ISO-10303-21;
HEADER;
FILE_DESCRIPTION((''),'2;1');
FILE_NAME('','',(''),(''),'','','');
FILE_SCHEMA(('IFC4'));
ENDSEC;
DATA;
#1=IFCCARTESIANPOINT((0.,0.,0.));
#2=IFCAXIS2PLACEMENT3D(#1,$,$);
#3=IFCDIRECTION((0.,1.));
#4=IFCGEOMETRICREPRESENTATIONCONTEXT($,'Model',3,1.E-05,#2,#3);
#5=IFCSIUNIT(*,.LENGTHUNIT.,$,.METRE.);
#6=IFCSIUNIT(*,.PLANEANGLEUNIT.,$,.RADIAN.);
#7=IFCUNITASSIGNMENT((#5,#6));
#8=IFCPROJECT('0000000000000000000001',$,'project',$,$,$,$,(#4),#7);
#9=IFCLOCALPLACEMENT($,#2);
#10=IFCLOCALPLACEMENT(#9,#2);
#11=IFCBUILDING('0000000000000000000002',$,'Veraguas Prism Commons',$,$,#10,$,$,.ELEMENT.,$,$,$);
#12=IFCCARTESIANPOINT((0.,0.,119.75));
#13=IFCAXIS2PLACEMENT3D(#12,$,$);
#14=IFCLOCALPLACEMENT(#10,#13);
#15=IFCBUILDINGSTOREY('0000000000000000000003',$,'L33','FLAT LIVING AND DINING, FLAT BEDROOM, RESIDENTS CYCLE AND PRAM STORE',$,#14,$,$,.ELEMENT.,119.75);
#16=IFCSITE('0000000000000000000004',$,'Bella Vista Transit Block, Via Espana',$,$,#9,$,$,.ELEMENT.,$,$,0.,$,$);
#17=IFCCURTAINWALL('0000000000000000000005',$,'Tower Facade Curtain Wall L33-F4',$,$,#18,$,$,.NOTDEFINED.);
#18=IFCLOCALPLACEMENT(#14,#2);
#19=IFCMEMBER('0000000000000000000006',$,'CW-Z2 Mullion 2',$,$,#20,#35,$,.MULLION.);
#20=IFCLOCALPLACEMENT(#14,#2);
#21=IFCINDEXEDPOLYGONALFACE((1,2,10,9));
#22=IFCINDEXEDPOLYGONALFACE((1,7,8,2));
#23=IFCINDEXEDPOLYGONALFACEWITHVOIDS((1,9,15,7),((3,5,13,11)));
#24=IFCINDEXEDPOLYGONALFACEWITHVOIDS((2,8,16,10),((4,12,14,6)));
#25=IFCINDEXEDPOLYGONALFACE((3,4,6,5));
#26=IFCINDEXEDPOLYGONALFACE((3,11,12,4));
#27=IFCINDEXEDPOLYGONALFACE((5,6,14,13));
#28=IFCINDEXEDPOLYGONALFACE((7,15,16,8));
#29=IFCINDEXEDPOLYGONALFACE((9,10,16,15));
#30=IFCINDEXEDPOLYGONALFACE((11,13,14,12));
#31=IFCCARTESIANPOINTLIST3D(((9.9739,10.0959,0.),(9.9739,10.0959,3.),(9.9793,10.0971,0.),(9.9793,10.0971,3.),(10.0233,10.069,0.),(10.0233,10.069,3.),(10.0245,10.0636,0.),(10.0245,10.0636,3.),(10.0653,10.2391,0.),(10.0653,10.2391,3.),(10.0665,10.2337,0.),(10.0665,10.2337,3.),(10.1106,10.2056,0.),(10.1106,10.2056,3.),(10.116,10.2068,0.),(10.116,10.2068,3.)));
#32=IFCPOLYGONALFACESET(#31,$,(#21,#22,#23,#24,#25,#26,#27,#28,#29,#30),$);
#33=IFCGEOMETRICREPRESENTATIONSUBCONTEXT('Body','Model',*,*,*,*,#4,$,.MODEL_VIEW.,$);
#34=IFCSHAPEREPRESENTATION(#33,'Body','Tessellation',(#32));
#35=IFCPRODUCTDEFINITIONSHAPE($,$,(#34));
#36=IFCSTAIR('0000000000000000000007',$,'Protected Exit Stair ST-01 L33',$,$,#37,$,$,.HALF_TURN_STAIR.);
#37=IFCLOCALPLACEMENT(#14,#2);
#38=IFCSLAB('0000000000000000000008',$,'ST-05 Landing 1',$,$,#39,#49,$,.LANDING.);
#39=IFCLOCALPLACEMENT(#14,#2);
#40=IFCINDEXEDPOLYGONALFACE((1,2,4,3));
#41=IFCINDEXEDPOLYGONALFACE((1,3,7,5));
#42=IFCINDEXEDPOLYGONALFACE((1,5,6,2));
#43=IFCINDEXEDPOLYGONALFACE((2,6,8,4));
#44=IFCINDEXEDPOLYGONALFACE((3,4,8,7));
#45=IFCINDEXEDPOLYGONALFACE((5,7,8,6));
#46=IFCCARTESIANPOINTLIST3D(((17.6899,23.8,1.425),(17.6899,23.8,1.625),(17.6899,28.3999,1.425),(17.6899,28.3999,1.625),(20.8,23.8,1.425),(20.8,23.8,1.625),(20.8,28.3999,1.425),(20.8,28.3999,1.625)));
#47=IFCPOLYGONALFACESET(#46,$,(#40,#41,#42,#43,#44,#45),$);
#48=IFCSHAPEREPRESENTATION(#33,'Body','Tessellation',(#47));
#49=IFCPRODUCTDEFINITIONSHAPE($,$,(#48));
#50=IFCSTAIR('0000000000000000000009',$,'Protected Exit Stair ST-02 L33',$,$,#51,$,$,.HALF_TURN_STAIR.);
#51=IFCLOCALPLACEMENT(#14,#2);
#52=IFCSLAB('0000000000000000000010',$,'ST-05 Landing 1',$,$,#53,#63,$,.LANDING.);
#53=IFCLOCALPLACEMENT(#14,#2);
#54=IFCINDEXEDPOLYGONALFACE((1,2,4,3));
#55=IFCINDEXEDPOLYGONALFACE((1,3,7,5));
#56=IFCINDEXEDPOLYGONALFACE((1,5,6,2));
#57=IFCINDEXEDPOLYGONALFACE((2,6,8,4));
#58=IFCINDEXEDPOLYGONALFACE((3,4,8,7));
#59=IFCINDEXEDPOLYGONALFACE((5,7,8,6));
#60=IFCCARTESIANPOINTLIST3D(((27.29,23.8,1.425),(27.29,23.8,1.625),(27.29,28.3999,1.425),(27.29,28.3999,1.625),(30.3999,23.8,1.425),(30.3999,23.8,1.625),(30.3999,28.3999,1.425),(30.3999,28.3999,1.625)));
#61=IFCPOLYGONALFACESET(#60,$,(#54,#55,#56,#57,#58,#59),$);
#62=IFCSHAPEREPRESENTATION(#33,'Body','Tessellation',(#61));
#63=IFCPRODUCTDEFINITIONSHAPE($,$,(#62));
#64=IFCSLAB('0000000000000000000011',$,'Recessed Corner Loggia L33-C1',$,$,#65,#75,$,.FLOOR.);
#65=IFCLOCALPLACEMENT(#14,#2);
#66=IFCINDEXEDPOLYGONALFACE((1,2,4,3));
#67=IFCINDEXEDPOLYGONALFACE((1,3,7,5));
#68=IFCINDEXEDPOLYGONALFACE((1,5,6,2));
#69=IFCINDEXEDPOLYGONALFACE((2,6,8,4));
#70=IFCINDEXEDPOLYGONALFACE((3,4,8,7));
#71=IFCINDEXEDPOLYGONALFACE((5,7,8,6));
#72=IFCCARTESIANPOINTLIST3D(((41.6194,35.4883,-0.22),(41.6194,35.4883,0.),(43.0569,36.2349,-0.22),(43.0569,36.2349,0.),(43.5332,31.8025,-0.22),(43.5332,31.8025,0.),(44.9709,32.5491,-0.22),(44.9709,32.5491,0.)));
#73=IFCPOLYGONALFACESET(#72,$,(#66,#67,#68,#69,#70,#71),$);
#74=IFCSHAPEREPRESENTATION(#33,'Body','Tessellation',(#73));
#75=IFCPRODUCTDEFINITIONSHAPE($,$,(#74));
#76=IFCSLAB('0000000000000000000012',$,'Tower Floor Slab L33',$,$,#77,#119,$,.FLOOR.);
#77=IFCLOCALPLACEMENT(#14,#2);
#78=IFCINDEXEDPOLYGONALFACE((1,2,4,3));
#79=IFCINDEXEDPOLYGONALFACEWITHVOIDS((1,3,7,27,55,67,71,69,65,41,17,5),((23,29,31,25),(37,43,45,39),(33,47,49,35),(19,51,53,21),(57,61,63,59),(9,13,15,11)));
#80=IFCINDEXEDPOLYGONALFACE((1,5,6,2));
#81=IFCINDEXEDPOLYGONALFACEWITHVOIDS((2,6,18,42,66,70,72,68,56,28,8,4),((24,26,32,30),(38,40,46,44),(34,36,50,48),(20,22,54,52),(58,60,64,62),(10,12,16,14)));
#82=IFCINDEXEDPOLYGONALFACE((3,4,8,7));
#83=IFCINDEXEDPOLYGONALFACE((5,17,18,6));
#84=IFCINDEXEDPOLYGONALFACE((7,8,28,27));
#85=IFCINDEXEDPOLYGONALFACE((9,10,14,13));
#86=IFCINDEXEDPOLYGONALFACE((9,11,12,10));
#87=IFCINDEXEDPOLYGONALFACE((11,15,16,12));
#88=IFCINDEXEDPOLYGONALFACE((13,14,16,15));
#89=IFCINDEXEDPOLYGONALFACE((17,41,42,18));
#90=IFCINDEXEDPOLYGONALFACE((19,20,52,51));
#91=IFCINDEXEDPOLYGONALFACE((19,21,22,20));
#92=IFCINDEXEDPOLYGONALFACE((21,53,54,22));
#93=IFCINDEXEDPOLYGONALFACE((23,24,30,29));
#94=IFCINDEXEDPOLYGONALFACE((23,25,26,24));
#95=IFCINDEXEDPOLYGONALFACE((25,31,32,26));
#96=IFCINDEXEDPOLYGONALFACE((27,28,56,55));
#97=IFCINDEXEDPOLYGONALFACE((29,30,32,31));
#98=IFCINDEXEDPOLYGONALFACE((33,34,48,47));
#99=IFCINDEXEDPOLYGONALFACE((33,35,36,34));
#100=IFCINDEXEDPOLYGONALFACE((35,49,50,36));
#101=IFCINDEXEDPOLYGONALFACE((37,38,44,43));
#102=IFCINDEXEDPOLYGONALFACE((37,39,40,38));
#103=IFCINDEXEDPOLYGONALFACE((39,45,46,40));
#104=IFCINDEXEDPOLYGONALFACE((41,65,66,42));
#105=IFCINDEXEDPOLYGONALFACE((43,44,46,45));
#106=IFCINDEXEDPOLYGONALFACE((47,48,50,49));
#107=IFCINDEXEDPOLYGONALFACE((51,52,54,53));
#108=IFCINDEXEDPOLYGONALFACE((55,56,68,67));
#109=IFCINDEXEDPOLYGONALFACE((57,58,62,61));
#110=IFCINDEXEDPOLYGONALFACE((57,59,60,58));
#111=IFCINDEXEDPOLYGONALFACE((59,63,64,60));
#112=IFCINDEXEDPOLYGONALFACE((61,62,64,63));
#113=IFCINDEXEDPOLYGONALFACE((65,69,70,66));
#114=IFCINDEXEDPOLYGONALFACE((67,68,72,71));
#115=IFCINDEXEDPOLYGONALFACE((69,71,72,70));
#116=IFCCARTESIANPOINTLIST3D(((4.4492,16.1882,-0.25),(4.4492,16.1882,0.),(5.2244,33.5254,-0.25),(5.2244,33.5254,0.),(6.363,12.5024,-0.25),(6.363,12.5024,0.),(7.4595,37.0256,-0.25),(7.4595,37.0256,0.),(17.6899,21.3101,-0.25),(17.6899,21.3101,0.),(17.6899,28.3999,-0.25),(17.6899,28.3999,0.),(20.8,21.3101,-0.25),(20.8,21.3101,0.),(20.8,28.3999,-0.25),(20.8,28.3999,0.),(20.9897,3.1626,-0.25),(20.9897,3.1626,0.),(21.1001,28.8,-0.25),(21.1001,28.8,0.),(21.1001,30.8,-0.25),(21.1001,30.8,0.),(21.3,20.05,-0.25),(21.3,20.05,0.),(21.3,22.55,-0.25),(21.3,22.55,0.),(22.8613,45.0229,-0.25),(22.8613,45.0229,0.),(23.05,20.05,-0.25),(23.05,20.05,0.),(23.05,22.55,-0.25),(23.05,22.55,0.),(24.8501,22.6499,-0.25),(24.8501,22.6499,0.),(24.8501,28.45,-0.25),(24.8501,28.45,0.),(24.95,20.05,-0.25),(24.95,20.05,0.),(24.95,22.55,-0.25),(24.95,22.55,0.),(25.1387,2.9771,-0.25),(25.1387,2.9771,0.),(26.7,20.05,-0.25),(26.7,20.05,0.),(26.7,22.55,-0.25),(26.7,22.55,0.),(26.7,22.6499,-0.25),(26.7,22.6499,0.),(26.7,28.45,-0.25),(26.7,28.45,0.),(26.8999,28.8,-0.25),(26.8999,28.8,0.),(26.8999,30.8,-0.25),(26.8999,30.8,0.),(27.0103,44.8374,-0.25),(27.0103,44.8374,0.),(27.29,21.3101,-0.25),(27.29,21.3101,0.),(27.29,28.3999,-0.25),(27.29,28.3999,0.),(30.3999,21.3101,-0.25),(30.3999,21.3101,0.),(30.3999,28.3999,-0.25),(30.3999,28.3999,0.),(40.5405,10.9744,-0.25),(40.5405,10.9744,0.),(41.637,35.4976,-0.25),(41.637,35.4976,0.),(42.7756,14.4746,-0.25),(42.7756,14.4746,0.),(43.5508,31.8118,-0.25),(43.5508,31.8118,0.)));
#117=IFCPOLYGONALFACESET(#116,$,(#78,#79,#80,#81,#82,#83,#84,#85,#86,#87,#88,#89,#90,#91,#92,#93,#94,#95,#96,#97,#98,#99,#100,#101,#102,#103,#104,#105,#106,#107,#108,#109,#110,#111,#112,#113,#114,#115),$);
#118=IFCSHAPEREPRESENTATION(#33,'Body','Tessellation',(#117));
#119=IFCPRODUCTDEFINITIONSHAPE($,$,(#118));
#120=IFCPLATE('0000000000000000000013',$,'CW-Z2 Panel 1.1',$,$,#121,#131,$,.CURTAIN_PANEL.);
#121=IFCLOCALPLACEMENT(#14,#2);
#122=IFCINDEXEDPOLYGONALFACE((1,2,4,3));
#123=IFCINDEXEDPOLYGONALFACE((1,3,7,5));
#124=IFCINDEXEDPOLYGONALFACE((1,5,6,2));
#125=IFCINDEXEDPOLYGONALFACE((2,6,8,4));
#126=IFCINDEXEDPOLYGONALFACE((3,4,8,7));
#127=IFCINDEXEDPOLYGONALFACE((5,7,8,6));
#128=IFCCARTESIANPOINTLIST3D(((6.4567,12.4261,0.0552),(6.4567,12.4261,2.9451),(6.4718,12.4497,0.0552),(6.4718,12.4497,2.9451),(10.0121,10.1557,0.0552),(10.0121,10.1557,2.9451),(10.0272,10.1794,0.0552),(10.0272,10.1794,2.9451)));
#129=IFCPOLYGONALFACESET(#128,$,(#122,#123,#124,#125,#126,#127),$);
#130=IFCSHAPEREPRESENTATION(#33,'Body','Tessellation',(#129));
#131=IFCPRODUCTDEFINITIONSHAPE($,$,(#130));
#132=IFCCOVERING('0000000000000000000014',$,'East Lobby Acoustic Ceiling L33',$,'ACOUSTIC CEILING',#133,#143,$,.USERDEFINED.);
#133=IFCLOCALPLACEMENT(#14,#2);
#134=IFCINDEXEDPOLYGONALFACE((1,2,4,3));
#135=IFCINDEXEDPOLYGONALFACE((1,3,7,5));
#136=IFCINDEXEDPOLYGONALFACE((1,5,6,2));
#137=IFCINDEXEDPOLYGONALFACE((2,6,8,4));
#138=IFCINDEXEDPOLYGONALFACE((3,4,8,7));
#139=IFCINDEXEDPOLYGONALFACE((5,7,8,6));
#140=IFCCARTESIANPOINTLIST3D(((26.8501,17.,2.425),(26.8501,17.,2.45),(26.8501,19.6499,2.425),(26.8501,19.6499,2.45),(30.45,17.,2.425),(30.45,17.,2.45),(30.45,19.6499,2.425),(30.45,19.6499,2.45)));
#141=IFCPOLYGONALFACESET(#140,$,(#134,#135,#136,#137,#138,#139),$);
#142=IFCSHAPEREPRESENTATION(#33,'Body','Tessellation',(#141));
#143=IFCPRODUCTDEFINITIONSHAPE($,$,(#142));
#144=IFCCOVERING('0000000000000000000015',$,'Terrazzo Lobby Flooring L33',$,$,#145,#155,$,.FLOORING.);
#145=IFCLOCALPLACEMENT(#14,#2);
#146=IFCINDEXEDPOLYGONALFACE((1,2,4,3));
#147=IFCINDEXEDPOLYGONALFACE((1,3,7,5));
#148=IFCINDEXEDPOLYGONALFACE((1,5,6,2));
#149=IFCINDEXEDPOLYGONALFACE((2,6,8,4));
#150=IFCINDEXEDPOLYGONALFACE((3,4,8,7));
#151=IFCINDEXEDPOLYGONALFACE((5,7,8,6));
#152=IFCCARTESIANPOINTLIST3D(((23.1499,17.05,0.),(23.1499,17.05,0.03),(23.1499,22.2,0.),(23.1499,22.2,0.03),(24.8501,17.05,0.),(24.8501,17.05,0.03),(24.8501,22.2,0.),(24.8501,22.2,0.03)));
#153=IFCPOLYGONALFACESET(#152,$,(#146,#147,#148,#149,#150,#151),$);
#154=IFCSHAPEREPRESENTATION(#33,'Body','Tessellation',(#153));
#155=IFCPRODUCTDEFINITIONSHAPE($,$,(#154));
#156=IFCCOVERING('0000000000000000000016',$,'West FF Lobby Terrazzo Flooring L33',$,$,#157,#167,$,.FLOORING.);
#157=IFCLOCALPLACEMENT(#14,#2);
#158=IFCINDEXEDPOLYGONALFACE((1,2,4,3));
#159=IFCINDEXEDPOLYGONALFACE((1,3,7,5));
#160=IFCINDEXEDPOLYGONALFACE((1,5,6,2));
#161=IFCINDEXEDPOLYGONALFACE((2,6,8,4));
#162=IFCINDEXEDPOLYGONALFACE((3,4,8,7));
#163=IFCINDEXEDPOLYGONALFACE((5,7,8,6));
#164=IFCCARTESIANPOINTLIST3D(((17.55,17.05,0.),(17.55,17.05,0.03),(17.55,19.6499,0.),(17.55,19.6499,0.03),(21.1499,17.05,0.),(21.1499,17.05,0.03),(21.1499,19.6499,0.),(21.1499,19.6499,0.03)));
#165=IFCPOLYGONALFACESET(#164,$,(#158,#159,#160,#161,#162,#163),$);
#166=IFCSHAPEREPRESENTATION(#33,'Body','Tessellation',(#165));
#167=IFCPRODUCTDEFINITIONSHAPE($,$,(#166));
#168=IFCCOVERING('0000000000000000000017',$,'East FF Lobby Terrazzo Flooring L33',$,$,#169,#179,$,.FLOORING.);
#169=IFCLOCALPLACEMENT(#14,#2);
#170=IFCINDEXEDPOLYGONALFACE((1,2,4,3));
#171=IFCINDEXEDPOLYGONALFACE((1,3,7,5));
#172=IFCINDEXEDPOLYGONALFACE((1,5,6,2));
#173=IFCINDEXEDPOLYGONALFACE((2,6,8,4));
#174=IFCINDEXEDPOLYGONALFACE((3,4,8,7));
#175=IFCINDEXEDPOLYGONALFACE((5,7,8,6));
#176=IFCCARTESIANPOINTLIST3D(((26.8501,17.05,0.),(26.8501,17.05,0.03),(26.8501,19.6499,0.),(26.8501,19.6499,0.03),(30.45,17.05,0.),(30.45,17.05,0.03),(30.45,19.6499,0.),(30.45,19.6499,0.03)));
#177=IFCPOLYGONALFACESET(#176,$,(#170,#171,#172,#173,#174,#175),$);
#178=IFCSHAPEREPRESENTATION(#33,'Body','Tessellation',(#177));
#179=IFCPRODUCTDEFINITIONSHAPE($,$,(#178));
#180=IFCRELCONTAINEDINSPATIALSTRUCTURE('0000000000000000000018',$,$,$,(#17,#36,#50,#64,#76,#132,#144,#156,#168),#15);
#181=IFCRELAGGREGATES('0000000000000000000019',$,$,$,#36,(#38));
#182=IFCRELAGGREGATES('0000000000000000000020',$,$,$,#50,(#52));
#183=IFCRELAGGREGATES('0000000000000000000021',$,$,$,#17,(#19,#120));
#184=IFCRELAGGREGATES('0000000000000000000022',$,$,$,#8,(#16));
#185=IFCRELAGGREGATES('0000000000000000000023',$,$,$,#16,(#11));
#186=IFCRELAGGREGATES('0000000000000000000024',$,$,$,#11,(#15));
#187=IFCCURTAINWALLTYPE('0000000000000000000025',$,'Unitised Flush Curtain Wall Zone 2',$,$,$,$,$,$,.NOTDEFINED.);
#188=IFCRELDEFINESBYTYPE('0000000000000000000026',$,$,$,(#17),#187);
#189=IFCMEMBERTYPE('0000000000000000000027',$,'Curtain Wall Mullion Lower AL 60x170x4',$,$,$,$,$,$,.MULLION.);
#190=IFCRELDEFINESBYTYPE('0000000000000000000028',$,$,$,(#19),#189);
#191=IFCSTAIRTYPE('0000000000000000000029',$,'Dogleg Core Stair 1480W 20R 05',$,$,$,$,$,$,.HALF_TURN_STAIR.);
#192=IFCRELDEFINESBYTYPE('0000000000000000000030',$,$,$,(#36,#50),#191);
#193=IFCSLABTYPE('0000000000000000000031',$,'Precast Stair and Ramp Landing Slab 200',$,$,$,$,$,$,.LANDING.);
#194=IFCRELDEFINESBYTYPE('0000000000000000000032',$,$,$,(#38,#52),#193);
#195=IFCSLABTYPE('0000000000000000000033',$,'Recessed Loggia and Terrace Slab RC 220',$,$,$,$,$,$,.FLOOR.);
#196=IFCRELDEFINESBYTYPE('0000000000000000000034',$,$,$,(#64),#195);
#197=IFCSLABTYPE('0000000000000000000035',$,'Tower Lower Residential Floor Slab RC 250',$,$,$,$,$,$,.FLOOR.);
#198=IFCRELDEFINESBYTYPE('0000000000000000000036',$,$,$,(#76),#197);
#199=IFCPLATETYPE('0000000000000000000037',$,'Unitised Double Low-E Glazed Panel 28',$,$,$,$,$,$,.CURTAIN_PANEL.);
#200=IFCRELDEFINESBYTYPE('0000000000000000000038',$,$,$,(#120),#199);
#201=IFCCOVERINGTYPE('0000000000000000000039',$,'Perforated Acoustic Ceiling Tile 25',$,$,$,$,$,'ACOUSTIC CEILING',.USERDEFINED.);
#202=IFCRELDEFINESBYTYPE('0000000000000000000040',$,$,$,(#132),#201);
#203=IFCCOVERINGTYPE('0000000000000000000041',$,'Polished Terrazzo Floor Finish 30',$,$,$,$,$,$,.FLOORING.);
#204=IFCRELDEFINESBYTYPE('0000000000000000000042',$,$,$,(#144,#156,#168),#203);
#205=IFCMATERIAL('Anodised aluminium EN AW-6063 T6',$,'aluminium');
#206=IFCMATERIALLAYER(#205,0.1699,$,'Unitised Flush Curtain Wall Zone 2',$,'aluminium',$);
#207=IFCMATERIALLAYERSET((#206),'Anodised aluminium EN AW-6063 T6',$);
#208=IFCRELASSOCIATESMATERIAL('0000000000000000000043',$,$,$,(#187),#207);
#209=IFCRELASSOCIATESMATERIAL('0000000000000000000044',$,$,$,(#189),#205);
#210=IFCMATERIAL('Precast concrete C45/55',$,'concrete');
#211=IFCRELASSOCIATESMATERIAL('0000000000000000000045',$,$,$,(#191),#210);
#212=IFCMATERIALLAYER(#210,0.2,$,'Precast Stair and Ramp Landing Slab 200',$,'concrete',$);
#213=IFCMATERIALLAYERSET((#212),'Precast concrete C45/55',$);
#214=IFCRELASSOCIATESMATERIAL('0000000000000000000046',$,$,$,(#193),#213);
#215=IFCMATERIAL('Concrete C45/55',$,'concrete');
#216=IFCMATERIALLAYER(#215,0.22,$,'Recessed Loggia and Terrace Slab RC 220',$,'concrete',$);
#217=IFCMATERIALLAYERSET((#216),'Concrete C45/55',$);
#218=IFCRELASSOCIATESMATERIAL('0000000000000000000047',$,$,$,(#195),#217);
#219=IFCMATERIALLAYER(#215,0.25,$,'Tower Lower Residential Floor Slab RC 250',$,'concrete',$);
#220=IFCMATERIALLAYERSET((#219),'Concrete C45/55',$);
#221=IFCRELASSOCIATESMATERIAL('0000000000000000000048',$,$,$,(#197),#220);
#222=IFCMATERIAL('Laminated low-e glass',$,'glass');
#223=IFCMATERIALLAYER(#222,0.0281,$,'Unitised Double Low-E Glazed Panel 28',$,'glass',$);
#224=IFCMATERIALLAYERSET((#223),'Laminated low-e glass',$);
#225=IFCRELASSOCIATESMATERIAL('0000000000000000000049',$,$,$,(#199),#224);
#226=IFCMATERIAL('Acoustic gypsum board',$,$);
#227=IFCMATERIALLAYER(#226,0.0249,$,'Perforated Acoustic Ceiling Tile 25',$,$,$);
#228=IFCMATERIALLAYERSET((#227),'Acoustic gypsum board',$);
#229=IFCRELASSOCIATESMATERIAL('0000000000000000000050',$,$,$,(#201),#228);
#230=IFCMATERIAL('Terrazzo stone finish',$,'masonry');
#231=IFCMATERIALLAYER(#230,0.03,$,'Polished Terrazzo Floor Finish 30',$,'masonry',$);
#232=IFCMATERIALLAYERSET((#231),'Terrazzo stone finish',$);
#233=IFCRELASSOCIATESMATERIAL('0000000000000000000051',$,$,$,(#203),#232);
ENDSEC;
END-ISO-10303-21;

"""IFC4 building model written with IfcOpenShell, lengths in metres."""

from ifc_helpers import new_model, si_unit, direction, frame, origin, origin_2d, place, context, subcontext, project, spatial, polyline, rectangle, hollow_rectangle, outline, extrude, source, transform, mapped, material, layer, layer_set, material_profile, profile_set, type_object, element, aggregate, save


model = new_model("IFC4")

# Units and contexts
model_context = context("Model", 3, precision=1e-05, world=origin(), true_north=direction((0.0, 1.0)))
body_context = subcontext(model_context, "Body", "Model", "MODEL_VIEW")
ifc_project = project(units=[si_unit("LENGTHUNIT", "METRE"), si_unit("PLANEANGLEUNIT", "RADIAN")], contexts=[model_context])

# Site, building, storey
site_placement = place(None, origin())
site = spatial("IfcSite", under=ifc_project, at=site_placement, Name="Bella Vista Transit Block, Via Espana", CompositionType="ELEMENT", RefElevation=0.0)
building_placement = place(site_placement, origin())
building = spatial("IfcBuilding", under=site, at=building_placement, Name="Veraguas Prism Commons", CompositionType="ELEMENT")
storey_placement = place(building_placement, frame((0.0, 0.0, 119.75)))
storey = spatial("IfcBuildingStorey", under=building, at=storey_placement, Name="L33", Description="FLAT LIVING AND DINING, FLAT BEDROOM, RESIDENTS CYCLE AND PRAM STORE", CompositionType="ELEMENT", Elevation=119.75)

# Curtain wall, member
ifc_material_1 = material(Name="Anodised aluminium EN AW-6063 T6", Category="aluminium")
ifc_layer_1 = layer(ifc_material_1, 0.1699, Name="Unitised Flush Curtain Wall Zone 2", Category="aluminium")
ifc_layer_set_1 = layer_set([ifc_layer_1], Name="Anodised aluminium EN AW-6063 T6")
curtain_wall_type = type_object("IfcCurtainWallType", Name="Unitised Flush Curtain Wall Zone 2", PredefinedType="NOTDEFINED", material=ifc_layer_set_1)
curtain_wall_placement = place(storey_placement, origin())
curtain_wall = element("IfcCurtainWall", 1, at=curtain_wall_placement, inside=storey, type_object=curtain_wall_type, Name="Tower Facade Curtain Wall L33-F4", PredefinedType="NOTDEFINED")
ifc_material_profile = material_profile(ifc_material_1, hollow_rectangle(XDim=0.0601, YDim=0.1699, WallThickness=0.0039, at=origin_2d()), Name="AL60X170X4")
ifc_profile_set = profile_set([ifc_material_profile], Name="Anodised aluminium EN AW-6063 T6")
member_type = type_object("IfcMemberType", Name="Curtain Wall Mullion Lower AL 60x170x4", PredefinedType="MULLION", material=ifc_profile_set)
shared_shape_1 = source(origin(), body_context, "Body", "SweptSolid", [
    extrude(hollow_rectangle(XDim=0.0601, YDim=0.1699, WallThickness=0.0039, at=origin_2d()), origin(), (0.0, 0.0, 1.0), 3.0),
])
member_placement = place(storey_placement, frame((10.0449, 10.1514, 0.0), z_axis=(0.0, 0.0, 1.0), x_axis=(0.842827, -0.538184, 0.0)))
member = element("IfcMember", 2, at=member_placement, type_object=member_type, Name="CW-Z2 Mullion 2", PredefinedType="MULLION", context=body_context, shape_type="MappedRepresentation", body=[
    mapped(shared_shape_1, transform((0.0, 0.0, 0.0), scale=1.0)),
])

# Stairs, slabs
ifc_material_2 = material(Name="Precast concrete C45/55", Category="concrete")
stair_type = type_object("IfcStairType", Name="Dogleg Core Stair 1480W 20R 05", PredefinedType="HALF_TURN_STAIR", material=ifc_material_2)
stair_1_placement = place(storey_placement, origin())
stair_1 = element("IfcStair", 3, at=stair_1_placement, inside=storey, type_object=stair_type, Name="Protected Exit Stair ST-01 L33", PredefinedType="HALF_TURN_STAIR")
ifc_layer_2 = layer(ifc_material_2, 0.2, Name="Precast Stair and Ramp Landing Slab 200", Category="concrete")
ifc_layer_set_2 = layer_set([ifc_layer_2], Name="Precast concrete C45/55")
slab_type_1 = type_object("IfcSlabType", Name="Precast Stair and Ramp Landing Slab 200", PredefinedType="LANDING", material=ifc_layer_set_2)
slab_1_placement = place(storey_placement, frame((0.0, 0.0, 1.425)))
slab_1 = element("IfcSlab", 4, at=slab_1_placement, type_object=slab_type_1, Name="ST-05 Landing 1", PredefinedType="LANDING", context=body_context, shape_type="SweptSolid", body=[
    extrude(outline(polyline([(20.8, 23.8), (20.8, 28.3999), (17.6899, 28.3999), (17.6899, 23.8), (20.8, 23.8)])), origin(), (0.0, 0.0, 1.0), 0.2),
])
aggregate(stair_1, [slab_1])
stair_2_placement = place(storey_placement, origin())
stair_2 = element("IfcStair", 5, at=stair_2_placement, inside=storey, type_object=stair_type, Name="Protected Exit Stair ST-02 L33", PredefinedType="HALF_TURN_STAIR")
slab_2_placement = place(storey_placement, frame((0.0, 0.0, 1.425)))
slab_2 = element("IfcSlab", 6, at=slab_2_placement, type_object=slab_type_1, Name="ST-05 Landing 1", PredefinedType="LANDING", context=body_context, shape_type="SweptSolid", body=[
    extrude(outline(polyline([(30.3999, 23.8), (30.3999, 28.3999), (27.29, 28.3999), (27.29, 23.8), (30.3999, 23.8)])), origin(), (0.0, 0.0, 1.0), 0.2),
])
aggregate(stair_2, [slab_2])

# Slabs
ifc_material_3 = material(Name="Concrete C45/55", Category="concrete")
ifc_layer_3 = layer(ifc_material_3, 0.22, Name="Recessed Loggia and Terrace Slab RC 220", Category="concrete")
ifc_layer_set_3 = layer_set([ifc_layer_3], Name="Concrete C45/55")
slab_type_2 = type_object("IfcSlabType", Name="Recessed Loggia and Terrace Slab RC 220", PredefinedType="FLOOR", material=ifc_layer_set_3)
slab_3_placement = place(storey_placement, frame((0.0, 0.0, -0.22)))
element("IfcSlab", 7, at=slab_3_placement, inside=storey, type_object=slab_type_2, Name="Recessed Corner Loggia L33-C1", PredefinedType="FLOOR", context=body_context, shape_type="SweptSolid", body=[
    extrude(outline(polyline([(43.5332, 31.8025), (44.9709, 32.5491), (43.0569, 36.2349), (41.6194, 35.4883), (43.5332, 31.8025)])), origin(), (0.0, 0.0, 1.0), 0.22),
])
ifc_layer_4 = layer(ifc_material_3, 0.25, Name="Tower Lower Residential Floor Slab RC 250", Category="concrete")
ifc_layer_set_4 = layer_set([ifc_layer_4], Name="Concrete C45/55")
slab_type_3 = type_object("IfcSlabType", Name="Tower Lower Residential Floor Slab RC 250", PredefinedType="FLOOR", material=ifc_layer_set_4)
slab_4_placement = place(storey_placement, frame((0.0, 0.0, -0.25)))
element("IfcSlab", 8, at=slab_4_placement, inside=storey, type_object=slab_type_3, Name="Tower Floor Slab L33", PredefinedType="FLOOR", context=body_context, shape_type="SweptSolid", body=[
    extrude(outline(polyline([(43.5508, 31.8118), (41.637, 35.4976), (27.0103, 44.8374), (22.8613, 45.0229), (7.4595, 37.0256), (5.2244, 33.5254), (4.4492, 16.1882), (6.363, 12.5024), (20.9897, 3.1626), (25.1387, 2.9771), (40.5405, 10.9744), (42.7756, 14.4746), (43.5508, 31.8118)]), holes=[polyline([(20.8, 21.3101), (20.8, 28.3999), (17.6899, 28.3999), (17.6899, 21.3101), (20.8, 21.3101)]), polyline([(30.3999, 21.3101), (30.3999, 28.3999), (27.29, 28.3999), (27.29, 21.3101), (30.3999, 21.3101)]), polyline([(24.8501, 22.6499), (26.7, 22.6499), (26.7, 28.45), (24.8501, 28.45), (24.8501, 22.6499)]), polyline([(21.1001, 28.8), (26.8999, 28.8), (26.8999, 30.8), (21.1001, 30.8), (21.1001, 28.8)]), polyline([(21.3, 20.05), (23.05, 20.05), (23.05, 22.55), (21.3, 22.55), (21.3, 20.05)]), polyline([(24.95, 20.05), (26.7, 20.05), (26.7, 22.55), (24.95, 22.55), (24.95, 20.05)])]), origin(), (0.0, 0.0, 1.0), 0.25),
])

# Plate
ifc_material_4 = material(Name="Laminated low-e glass", Category="glass")
ifc_layer_5 = layer(ifc_material_4, 0.0281, Name="Unitised Double Low-E Glazed Panel 28", Category="glass")
ifc_layer_set_5 = layer_set([ifc_layer_5], Name="Laminated low-e glass")
plate_type = type_object("IfcPlateType", Name="Unitised Double Low-E Glazed Panel 28", PredefinedType="CURTAIN_PANEL", material=ifc_layer_set_5)
shared_shape_2 = source(origin(), body_context, "Body", "SweptSolid", [
    extrude(rectangle(XDim=4.2185, YDim=0.0281, at=origin_2d()), origin(), (0.0, 0.0, 1.0), 2.8899),
])
plate_placement = place(storey_placement, frame((8.2419, 11.3027, 0.0552), z_axis=(0.0, 0.0, 1.0), x_axis=(0.842827, -0.538184, 0.0)))
plate = element("IfcPlate", 9, at=plate_placement, type_object=plate_type, Name="CW-Z2 Panel 1.1", PredefinedType="CURTAIN_PANEL", context=body_context, shape_type="MappedRepresentation", body=[
    mapped(shared_shape_2, transform((0.0, 0.0, 0.0), scale=1.0)),
])
aggregate(curtain_wall, [member, plate])

# Coverings
ifc_material_5 = material(Name="Acoustic gypsum board")
ifc_layer_6 = layer(ifc_material_5, 0.0249, Name="Perforated Acoustic Ceiling Tile 25")
ifc_layer_set_6 = layer_set([ifc_layer_6], Name="Acoustic gypsum board")
covering_type_1 = type_object("IfcCoveringType", Name="Perforated Acoustic Ceiling Tile 25", ElementType="ACOUSTIC CEILING", PredefinedType="USERDEFINED", material=ifc_layer_set_6)
covering_1_placement = place(storey_placement, frame((0.0, 0.0, 2.425)))
element("IfcCovering", 10, at=covering_1_placement, inside=storey, type_object=covering_type_1, Name="East Lobby Acoustic Ceiling L33", ObjectType="ACOUSTIC CEILING", PredefinedType="USERDEFINED", context=body_context, shape_type="SweptSolid", body=[
    extrude(outline(polyline([(26.8501, 17.0), (30.45, 17.0), (30.45, 19.6499), (26.8501, 19.6499), (26.8501, 17.0)])), origin(), (0.0, 0.0, 1.0), 0.0249),
])
ifc_material_6 = material(Name="Terrazzo stone finish", Category="masonry")
ifc_layer_7 = layer(ifc_material_6, 0.03, Name="Polished Terrazzo Floor Finish 30", Category="masonry")
ifc_layer_set_7 = layer_set([ifc_layer_7], Name="Terrazzo stone finish")
covering_type_2 = type_object("IfcCoveringType", Name="Polished Terrazzo Floor Finish 30", PredefinedType="FLOORING", material=ifc_layer_set_7)
covering_2_placement = place(storey_placement, origin())
element("IfcCovering", 11, at=covering_2_placement, inside=storey, type_object=covering_type_2, Name="Terrazzo Lobby Flooring L33", PredefinedType="FLOORING", context=body_context, shape_type="SweptSolid", body=[
    extrude(outline(polyline([(23.1499, 17.05), (24.8501, 17.05), (24.8501, 22.2), (23.1499, 22.2), (23.1499, 17.05)])), origin(), (0.0, 0.0, 1.0), 0.03),
])
covering_3_placement = place(storey_placement, origin())
element("IfcCovering", 12, at=covering_3_placement, inside=storey, type_object=covering_type_2, Name="West FF Lobby Terrazzo Flooring L33", PredefinedType="FLOORING", context=body_context, shape_type="SweptSolid", body=[
    extrude(outline(polyline([(17.55, 17.05), (21.1499, 17.05), (21.1499, 19.6499), (17.55, 19.6499), (17.55, 17.05)])), origin(), (0.0, 0.0, 1.0), 0.03),
])
covering_4_placement = place(storey_placement, origin())
element("IfcCovering", 13, at=covering_4_placement, inside=storey, type_object=covering_type_2, Name="East FF Lobby Terrazzo Flooring L33", PredefinedType="FLOORING", context=body_context, shape_type="SweptSolid", body=[
    extrude(outline(polyline([(26.8501, 17.05), (30.45, 17.05), (30.45, 19.6499), (26.8501, 19.6499), (26.8501, 17.05)])), origin(), (0.0, 0.0, 1.0), 0.03),
])

save(model, "model.ifc")
